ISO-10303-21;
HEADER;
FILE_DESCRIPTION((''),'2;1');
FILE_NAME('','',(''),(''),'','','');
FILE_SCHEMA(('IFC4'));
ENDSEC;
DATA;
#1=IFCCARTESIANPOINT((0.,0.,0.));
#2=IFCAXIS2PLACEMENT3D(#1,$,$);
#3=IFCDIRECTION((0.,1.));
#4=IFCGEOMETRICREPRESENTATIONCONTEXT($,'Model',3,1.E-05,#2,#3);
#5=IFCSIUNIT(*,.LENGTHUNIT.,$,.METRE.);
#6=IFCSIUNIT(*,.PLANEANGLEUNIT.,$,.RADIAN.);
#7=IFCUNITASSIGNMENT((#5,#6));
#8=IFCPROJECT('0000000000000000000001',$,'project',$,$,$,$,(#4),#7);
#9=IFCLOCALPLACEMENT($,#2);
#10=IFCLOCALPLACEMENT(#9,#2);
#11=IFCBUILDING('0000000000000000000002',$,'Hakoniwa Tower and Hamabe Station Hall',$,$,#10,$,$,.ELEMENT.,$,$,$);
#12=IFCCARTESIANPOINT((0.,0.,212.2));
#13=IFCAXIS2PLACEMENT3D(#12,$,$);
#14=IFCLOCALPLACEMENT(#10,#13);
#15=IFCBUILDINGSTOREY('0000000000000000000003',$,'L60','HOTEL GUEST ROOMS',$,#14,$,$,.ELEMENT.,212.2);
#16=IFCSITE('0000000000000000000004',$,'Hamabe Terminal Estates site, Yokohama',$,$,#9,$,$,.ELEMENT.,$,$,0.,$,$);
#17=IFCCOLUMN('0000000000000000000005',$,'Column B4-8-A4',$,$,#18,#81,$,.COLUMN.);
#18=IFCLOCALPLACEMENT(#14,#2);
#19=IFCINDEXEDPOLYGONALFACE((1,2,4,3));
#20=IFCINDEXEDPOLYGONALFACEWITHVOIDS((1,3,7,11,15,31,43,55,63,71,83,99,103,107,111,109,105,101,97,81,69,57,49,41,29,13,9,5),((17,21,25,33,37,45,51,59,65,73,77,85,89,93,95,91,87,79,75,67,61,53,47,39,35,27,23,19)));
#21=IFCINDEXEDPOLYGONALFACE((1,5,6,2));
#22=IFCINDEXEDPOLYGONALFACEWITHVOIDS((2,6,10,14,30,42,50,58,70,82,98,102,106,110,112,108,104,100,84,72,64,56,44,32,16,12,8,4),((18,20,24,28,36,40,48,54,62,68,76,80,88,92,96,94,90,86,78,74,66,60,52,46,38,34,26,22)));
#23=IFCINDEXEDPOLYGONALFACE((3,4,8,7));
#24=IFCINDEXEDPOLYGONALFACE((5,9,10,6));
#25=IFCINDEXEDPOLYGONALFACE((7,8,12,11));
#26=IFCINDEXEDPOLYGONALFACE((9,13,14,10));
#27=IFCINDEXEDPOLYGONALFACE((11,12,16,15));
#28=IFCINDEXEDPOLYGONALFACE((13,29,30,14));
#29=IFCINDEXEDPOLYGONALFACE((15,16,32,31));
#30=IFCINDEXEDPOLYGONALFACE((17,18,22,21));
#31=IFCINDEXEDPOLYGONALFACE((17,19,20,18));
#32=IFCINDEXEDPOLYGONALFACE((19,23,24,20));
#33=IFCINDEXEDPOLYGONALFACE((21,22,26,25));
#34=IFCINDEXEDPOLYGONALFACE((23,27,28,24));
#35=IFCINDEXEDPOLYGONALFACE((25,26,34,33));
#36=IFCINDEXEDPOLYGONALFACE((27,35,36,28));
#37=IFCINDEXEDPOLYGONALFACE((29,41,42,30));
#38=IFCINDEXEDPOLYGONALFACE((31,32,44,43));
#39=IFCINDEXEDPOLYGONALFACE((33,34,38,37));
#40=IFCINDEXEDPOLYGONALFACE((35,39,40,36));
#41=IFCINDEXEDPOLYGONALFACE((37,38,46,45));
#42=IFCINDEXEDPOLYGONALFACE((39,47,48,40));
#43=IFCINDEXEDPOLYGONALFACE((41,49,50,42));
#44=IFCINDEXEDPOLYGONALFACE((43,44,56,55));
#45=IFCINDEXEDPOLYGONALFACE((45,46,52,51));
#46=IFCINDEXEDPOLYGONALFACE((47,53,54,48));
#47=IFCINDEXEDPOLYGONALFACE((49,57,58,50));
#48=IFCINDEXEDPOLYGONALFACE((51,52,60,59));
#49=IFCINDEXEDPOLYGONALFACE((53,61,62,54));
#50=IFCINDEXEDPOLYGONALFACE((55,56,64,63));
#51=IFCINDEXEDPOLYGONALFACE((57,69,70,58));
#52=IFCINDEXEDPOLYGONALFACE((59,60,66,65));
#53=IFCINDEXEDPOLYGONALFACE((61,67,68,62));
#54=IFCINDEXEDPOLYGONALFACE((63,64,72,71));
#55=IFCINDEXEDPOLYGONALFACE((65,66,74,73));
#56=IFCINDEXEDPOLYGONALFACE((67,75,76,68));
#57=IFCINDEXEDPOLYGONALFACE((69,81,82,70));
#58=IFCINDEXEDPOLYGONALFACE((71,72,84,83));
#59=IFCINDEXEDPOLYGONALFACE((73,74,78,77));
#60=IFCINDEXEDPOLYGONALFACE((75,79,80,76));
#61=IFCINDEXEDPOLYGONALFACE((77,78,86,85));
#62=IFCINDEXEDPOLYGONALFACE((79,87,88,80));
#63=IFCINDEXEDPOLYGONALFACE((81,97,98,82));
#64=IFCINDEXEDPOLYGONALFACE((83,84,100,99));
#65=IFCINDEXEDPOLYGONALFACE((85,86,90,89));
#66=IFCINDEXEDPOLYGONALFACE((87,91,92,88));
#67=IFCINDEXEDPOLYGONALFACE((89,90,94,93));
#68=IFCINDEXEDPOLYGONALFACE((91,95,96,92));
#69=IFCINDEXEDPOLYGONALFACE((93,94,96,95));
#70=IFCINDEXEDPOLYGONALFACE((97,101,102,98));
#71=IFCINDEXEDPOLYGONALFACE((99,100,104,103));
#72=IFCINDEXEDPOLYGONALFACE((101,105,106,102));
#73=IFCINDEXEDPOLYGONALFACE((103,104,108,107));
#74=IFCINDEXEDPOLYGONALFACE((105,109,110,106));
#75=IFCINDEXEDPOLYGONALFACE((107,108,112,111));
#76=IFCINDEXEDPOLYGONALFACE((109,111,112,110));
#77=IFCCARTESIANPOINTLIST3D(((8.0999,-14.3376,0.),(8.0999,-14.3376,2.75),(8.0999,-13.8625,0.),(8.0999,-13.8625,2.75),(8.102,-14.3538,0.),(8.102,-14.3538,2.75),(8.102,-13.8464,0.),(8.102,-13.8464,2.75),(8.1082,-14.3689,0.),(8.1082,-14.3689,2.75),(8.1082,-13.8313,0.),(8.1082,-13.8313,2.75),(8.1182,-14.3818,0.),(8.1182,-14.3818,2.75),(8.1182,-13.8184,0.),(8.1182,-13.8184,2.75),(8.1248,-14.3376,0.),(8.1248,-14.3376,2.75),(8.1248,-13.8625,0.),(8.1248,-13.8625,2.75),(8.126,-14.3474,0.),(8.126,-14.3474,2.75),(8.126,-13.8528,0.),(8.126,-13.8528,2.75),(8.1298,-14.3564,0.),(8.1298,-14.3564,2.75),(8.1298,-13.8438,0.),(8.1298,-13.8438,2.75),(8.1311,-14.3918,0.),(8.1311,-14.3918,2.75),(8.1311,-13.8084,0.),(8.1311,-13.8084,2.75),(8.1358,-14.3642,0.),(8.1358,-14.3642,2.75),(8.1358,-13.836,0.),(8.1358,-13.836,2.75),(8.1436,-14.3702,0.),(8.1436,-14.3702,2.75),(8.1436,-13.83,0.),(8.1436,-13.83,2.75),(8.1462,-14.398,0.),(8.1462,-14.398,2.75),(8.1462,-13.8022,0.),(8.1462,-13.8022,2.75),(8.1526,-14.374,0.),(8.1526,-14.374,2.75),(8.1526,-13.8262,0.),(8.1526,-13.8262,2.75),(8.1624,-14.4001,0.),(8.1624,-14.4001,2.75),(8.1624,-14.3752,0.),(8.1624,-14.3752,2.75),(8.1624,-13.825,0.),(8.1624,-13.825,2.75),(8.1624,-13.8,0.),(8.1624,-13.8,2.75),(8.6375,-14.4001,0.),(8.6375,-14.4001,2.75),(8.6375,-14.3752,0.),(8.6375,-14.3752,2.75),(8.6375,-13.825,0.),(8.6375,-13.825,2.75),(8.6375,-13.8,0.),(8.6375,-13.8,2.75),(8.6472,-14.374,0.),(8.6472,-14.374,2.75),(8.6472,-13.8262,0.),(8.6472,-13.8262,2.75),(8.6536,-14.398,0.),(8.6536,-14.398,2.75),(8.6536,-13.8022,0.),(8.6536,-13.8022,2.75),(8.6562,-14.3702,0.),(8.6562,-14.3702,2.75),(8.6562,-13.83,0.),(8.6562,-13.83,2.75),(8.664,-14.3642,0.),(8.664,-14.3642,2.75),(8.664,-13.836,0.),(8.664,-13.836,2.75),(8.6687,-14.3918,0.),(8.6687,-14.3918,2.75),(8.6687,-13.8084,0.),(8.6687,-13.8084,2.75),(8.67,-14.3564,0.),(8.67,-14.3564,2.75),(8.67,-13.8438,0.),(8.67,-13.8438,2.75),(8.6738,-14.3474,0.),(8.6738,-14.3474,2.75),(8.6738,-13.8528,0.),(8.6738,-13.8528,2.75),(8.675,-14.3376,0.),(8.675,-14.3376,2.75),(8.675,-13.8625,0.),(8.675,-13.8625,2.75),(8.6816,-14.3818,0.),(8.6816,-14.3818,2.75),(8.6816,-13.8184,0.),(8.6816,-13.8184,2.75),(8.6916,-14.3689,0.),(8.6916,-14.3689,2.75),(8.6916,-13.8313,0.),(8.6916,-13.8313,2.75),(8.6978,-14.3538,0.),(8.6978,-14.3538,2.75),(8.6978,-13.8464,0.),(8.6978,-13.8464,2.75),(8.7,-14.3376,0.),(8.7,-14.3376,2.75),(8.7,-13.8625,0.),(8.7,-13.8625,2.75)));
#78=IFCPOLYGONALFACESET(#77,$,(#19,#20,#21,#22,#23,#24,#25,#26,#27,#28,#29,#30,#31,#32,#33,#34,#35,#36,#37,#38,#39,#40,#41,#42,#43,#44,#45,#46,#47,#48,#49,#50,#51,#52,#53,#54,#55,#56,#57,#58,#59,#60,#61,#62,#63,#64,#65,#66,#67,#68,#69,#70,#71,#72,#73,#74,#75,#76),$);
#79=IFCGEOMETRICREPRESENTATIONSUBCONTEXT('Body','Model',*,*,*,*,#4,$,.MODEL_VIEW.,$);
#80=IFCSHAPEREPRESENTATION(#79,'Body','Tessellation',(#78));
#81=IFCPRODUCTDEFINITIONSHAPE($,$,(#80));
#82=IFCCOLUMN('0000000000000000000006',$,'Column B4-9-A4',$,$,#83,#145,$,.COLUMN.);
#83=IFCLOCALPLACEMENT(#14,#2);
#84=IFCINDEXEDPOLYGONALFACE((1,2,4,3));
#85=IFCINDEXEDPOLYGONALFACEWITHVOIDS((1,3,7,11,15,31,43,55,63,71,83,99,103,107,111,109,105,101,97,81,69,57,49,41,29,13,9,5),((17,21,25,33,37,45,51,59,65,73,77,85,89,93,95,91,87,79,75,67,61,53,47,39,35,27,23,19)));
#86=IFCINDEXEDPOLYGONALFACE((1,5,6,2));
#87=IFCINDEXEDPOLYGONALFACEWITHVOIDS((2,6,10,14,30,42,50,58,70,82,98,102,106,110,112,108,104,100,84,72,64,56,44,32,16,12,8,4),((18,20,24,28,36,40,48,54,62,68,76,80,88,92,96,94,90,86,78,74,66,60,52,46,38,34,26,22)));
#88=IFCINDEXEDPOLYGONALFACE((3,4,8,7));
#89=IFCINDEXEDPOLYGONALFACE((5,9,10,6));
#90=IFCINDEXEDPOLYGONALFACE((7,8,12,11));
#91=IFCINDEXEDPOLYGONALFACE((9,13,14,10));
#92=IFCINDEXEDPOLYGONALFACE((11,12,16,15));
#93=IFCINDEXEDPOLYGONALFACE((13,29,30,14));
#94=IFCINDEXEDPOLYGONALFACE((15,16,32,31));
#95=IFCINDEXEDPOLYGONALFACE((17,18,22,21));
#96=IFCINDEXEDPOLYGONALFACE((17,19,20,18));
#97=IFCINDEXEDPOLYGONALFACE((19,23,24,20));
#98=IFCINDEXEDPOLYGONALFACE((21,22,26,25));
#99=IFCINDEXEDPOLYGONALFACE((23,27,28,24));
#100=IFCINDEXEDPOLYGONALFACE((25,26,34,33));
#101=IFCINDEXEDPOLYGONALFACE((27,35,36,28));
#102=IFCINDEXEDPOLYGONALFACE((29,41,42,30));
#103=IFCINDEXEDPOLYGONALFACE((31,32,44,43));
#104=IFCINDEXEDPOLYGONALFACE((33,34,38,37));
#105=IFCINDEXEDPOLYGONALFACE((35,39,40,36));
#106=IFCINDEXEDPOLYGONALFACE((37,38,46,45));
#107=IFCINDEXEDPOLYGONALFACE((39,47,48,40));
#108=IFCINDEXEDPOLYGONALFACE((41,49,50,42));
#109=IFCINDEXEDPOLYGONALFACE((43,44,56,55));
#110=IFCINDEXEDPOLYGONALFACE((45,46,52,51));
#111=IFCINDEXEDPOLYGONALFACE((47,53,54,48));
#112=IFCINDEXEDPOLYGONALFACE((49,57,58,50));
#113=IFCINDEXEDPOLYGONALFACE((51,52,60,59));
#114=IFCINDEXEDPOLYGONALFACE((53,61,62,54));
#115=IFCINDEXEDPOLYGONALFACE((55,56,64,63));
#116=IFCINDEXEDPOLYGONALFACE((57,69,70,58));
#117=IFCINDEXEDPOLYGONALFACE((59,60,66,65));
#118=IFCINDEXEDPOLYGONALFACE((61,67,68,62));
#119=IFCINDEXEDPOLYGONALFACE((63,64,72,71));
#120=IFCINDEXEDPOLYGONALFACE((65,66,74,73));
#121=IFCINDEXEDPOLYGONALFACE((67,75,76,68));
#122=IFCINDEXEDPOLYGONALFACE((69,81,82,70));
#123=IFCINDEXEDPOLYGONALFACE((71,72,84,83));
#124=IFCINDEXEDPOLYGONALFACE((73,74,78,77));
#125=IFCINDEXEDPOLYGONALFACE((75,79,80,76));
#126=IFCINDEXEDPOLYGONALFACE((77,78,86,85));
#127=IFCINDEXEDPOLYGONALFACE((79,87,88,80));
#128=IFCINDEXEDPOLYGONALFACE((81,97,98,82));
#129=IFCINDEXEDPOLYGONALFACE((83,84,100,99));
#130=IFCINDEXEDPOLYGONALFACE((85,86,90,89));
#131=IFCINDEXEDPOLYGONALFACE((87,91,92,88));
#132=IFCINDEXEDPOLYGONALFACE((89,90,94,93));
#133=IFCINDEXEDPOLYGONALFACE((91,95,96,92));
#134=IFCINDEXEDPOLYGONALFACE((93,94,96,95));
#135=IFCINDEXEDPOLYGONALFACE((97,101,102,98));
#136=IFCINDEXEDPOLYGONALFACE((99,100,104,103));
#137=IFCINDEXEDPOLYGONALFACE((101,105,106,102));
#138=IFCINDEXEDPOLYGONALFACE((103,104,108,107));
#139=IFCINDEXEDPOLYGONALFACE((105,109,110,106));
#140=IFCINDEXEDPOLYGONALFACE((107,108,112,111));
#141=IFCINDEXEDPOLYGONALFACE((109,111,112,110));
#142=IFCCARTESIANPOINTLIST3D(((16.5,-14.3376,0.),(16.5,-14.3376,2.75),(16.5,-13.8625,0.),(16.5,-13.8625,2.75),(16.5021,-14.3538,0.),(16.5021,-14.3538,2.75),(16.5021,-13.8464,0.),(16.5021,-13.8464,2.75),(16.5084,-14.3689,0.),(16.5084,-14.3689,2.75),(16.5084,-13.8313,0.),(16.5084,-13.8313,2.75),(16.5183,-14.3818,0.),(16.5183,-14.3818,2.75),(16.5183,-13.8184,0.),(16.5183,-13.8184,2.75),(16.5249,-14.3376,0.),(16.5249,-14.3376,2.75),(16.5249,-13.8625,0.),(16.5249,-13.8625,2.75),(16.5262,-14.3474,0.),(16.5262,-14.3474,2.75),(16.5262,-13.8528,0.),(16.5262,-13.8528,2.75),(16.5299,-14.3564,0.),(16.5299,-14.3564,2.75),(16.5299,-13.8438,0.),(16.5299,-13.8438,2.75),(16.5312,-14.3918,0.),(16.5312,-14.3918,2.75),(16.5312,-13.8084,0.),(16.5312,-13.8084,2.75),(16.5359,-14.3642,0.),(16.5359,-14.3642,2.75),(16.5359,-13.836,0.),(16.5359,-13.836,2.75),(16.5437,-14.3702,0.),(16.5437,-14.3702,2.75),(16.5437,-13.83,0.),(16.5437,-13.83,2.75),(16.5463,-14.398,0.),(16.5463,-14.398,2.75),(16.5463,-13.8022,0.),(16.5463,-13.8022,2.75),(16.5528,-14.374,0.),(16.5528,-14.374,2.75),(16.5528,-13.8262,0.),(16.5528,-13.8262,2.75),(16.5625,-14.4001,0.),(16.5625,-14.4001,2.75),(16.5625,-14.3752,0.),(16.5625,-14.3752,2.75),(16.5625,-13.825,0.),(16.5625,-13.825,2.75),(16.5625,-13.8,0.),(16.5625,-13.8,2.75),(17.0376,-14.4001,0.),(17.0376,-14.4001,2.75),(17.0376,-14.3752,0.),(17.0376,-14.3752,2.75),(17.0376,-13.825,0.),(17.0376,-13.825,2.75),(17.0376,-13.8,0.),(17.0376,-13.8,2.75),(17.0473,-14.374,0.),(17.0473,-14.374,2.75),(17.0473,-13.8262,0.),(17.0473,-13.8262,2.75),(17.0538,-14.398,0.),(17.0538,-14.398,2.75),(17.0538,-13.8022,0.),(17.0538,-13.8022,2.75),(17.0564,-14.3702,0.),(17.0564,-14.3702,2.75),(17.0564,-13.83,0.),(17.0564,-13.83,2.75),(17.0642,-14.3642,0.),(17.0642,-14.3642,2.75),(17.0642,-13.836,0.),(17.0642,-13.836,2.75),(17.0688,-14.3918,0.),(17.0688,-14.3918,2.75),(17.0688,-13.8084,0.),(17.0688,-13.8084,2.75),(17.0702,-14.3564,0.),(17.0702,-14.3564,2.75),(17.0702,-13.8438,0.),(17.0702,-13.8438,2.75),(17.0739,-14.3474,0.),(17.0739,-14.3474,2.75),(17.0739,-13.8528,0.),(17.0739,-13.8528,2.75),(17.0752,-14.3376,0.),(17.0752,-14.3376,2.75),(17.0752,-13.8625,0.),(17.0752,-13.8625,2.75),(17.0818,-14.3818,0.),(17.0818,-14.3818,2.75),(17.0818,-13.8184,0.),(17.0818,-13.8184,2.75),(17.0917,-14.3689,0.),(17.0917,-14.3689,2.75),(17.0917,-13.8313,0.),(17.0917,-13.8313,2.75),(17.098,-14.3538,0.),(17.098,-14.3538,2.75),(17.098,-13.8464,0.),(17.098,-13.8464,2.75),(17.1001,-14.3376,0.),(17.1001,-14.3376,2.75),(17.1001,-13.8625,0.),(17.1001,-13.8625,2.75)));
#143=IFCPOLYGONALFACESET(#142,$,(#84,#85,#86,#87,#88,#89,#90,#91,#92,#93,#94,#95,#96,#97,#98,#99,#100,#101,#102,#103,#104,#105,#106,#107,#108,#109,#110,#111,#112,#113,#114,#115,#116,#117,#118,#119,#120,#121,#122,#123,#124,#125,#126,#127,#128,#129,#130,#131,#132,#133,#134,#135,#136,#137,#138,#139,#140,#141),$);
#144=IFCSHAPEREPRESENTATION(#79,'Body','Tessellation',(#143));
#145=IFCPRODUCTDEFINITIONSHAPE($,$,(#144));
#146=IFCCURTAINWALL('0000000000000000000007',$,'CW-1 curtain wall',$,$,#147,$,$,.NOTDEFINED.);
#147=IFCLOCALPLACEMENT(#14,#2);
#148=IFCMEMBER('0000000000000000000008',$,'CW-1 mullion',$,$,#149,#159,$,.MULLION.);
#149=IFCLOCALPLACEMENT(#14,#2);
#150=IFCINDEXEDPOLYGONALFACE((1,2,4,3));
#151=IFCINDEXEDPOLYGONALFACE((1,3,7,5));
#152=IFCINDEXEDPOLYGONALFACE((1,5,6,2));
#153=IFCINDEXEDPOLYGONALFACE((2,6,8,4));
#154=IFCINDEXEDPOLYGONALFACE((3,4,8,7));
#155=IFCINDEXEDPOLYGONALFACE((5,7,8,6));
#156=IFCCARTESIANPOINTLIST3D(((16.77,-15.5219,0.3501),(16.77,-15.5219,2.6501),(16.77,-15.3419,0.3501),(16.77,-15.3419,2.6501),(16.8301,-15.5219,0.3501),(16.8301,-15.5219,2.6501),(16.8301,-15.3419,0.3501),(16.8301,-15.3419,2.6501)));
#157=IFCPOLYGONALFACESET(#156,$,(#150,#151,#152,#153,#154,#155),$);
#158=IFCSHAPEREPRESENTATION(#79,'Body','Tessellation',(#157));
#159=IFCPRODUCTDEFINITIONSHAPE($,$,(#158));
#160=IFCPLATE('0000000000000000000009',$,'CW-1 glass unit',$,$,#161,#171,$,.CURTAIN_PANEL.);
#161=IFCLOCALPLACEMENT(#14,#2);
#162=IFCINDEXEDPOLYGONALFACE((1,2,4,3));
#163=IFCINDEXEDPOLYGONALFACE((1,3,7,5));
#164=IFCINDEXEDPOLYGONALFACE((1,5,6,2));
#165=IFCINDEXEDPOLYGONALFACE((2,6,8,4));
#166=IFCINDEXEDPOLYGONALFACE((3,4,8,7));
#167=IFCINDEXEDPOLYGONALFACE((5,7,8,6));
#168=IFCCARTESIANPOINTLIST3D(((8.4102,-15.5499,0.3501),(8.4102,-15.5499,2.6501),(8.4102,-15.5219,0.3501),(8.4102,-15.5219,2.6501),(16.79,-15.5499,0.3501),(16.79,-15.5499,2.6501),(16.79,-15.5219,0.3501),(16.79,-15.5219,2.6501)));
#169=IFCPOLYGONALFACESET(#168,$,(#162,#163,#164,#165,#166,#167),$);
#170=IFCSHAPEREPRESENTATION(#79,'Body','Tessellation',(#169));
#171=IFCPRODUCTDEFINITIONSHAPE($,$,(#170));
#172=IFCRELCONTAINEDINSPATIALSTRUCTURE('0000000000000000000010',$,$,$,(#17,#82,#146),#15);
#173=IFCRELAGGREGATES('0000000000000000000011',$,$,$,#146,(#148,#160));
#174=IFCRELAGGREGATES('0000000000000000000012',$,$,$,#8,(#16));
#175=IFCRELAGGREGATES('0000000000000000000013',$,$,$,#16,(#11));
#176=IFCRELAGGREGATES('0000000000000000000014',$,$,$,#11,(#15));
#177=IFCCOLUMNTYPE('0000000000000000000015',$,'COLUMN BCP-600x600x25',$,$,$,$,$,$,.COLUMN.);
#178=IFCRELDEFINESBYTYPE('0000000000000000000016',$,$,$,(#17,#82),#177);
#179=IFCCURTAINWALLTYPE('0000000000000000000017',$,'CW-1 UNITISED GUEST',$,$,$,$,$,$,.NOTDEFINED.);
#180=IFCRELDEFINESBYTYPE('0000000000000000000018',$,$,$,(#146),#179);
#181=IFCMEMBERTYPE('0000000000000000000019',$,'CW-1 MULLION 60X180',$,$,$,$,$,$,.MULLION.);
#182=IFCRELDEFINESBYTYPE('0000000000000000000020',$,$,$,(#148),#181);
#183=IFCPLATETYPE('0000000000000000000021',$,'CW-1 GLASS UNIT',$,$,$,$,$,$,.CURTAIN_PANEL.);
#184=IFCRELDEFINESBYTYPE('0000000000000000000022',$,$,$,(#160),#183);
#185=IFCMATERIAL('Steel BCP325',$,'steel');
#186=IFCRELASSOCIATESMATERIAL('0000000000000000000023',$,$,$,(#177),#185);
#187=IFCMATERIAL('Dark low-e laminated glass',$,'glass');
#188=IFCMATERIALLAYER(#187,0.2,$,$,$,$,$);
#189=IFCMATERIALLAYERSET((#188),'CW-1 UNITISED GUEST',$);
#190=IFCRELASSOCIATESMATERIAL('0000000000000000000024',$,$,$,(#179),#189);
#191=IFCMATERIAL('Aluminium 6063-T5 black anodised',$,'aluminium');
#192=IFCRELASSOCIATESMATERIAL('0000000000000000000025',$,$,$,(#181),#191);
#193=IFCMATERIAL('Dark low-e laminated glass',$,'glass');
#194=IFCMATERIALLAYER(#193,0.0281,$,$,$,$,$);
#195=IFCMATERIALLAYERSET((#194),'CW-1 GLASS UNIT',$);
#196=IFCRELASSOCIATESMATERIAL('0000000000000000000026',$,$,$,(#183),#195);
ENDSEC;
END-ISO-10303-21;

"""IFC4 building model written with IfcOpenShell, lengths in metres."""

from ifc_helpers import new_model, si_unit, direction, frame, origin, origin_2d, place, context, subcontext, project, spatial, rectangle, hollow_rectangle, extrude, material, layer, layer_set, material_profile, profile_set, type_object, element, aggregate, save


model = new_model("IFC4")

# Units and contexts
model_context = context("Model", 3, precision=1e-05, world=origin(), true_north=direction((0.0, 1.0)))
body_context = subcontext(model_context, "Body", "Model", "MODEL_VIEW")
ifc_project = project(units=[si_unit("LENGTHUNIT", "METRE"), si_unit("PLANEANGLEUNIT", "RADIAN")], contexts=[model_context])

# Site, building, storey
site_placement = place(None, origin())
site = spatial("IfcSite", under=ifc_project, at=site_placement, Name="Hamabe Terminal Estates site, Yokohama", CompositionType="ELEMENT", RefElevation=0.0)
building_placement = place(site_placement, origin())
building = spatial("IfcBuilding", under=site, at=building_placement, Name="Hakoniwa Tower and Hamabe Station Hall", CompositionType="ELEMENT")
storey_placement = place(building_placement, frame((0.0, 0.0, 212.2)))
storey = spatial("IfcBuildingStorey", under=building, at=storey_placement, Name="L60", Description="HOTEL GUEST ROOMS", CompositionType="ELEMENT", Elevation=212.2)

# Columns
ifc_material_1 = material(Name="Steel BCP325", Category="steel")
ifc_material_profile_1 = material_profile(ifc_material_1, hollow_rectangle(XDim=0.6001, YDim=0.6001, WallThickness=0.0249, InnerFilletRadius=0.0376, OuterFilletRadius=0.0625, at=origin_2d()), Name="BCP-600x600x25")
ifc_profile_set_1 = profile_set([ifc_material_profile_1], Name="Steel BCP325")
column_type = type_object("IfcColumnType", Name="COLUMN BCP-600x600x25", PredefinedType="COLUMN", material=ifc_profile_set_1)
for number, where, z_axis, x_axis, name in (
    (1, (8.3999, -14.1001, 0.0), (0.0, 0.0, 1.0), (1.0, 0.0, 0.0), "Column B4-8-A4"),
    (2, (16.8, -14.1001, 0.0), (0.0, 0.0, 1.0), (1.0, 0.0, 0.0), "Column B4-9-A4"),
):
    element("IfcColumn", number, at=place(storey_placement, frame(where, z_axis=z_axis, x_axis=x_axis)), inside=storey, type_object=column_type, Name=name, PredefinedType="COLUMN", context=body_context, shape_type="SweptSolid", body=[
        extrude(hollow_rectangle(XDim=0.6001, YDim=0.6001, WallThickness=0.0249, InnerFilletRadius=0.0376, OuterFilletRadius=0.0625, at=origin_2d()), origin(), (0.0, 0.0, 1.0), 2.75),
    ])

# Curtain wall, member, plate
ifc_material_2 = material(Name="Dark low-e laminated glass", Category="glass")
ifc_layer_1 = layer(ifc_material_2, 0.2)
ifc_layer_set_1 = layer_set([ifc_layer_1], Name="CW-1 UNITISED GUEST")
curtain_wall_type = type_object("IfcCurtainWallType", Name="CW-1 UNITISED GUEST", PredefinedType="NOTDEFINED", material=ifc_layer_set_1)
curtain_wall_placement = place(storey_placement, origin())
curtain_wall = element("IfcCurtainWall", 3, at=curtain_wall_placement, inside=storey, type_object=curtain_wall_type, Name="CW-1 curtain wall", PredefinedType="NOTDEFINED")
ifc_material_3 = material(Name="Aluminium 6063-T5 black anodised", Category="aluminium")
ifc_material_profile_2 = material_profile(ifc_material_3, rectangle(XDim=0.0601, YDim=0.1799, at=origin_2d()), Name="CW-1 MULLION 60X180")
ifc_profile_set_2 = profile_set([ifc_material_profile_2], Name="Aluminium 6063-T5 black anodised")
member_type = type_object("IfcMemberType", Name="CW-1 MULLION 60X180", PredefinedType="MULLION", material=ifc_profile_set_2)
member_placement = place(storey_placement, frame((16.8, -15.4319, 0.3501), z_axis=(0.0, 0.0, 1.0), x_axis=(1.0, 0.0, 0.0)))
member = element("IfcMember", 4, at=member_placement, type_object=member_type, Name="CW-1 mullion", PredefinedType="MULLION", context=body_context, shape_type="SweptSolid", body=[
    extrude(rectangle(XDim=0.0601, YDim=0.1799, at=origin_2d()), origin(), (0.0, 0.0, 1.0), 2.3),
])
ifc_material_4 = material(Name="Dark low-e laminated glass", Category="glass")
ifc_layer_2 = layer(ifc_material_4, 0.0281)
ifc_layer_set_2 = layer_set([ifc_layer_2], Name="CW-1 GLASS UNIT")
plate_type = type_object("IfcPlateType", Name="CW-1 GLASS UNIT", PredefinedType="CURTAIN_PANEL", material=ifc_layer_set_2)
plate_placement = place(storey_placement, frame((12.6001, -15.5359, 0.3501), z_axis=(0.0, 0.0, 1.0), x_axis=(1.0, 0.0, 0.0)))
plate = element("IfcPlate", 5, at=plate_placement, type_object=plate_type, Name="CW-1 glass unit", PredefinedType="CURTAIN_PANEL", context=body_context, shape_type="SweptSolid", body=[
    extrude(rectangle(XDim=8.3799, YDim=0.0281, at=origin_2d()), origin(), (0.0, 0.0, 1.0), 2.3),
])
aggregate(curtain_wall, [member, plate])

save(model, "model.ifc")
